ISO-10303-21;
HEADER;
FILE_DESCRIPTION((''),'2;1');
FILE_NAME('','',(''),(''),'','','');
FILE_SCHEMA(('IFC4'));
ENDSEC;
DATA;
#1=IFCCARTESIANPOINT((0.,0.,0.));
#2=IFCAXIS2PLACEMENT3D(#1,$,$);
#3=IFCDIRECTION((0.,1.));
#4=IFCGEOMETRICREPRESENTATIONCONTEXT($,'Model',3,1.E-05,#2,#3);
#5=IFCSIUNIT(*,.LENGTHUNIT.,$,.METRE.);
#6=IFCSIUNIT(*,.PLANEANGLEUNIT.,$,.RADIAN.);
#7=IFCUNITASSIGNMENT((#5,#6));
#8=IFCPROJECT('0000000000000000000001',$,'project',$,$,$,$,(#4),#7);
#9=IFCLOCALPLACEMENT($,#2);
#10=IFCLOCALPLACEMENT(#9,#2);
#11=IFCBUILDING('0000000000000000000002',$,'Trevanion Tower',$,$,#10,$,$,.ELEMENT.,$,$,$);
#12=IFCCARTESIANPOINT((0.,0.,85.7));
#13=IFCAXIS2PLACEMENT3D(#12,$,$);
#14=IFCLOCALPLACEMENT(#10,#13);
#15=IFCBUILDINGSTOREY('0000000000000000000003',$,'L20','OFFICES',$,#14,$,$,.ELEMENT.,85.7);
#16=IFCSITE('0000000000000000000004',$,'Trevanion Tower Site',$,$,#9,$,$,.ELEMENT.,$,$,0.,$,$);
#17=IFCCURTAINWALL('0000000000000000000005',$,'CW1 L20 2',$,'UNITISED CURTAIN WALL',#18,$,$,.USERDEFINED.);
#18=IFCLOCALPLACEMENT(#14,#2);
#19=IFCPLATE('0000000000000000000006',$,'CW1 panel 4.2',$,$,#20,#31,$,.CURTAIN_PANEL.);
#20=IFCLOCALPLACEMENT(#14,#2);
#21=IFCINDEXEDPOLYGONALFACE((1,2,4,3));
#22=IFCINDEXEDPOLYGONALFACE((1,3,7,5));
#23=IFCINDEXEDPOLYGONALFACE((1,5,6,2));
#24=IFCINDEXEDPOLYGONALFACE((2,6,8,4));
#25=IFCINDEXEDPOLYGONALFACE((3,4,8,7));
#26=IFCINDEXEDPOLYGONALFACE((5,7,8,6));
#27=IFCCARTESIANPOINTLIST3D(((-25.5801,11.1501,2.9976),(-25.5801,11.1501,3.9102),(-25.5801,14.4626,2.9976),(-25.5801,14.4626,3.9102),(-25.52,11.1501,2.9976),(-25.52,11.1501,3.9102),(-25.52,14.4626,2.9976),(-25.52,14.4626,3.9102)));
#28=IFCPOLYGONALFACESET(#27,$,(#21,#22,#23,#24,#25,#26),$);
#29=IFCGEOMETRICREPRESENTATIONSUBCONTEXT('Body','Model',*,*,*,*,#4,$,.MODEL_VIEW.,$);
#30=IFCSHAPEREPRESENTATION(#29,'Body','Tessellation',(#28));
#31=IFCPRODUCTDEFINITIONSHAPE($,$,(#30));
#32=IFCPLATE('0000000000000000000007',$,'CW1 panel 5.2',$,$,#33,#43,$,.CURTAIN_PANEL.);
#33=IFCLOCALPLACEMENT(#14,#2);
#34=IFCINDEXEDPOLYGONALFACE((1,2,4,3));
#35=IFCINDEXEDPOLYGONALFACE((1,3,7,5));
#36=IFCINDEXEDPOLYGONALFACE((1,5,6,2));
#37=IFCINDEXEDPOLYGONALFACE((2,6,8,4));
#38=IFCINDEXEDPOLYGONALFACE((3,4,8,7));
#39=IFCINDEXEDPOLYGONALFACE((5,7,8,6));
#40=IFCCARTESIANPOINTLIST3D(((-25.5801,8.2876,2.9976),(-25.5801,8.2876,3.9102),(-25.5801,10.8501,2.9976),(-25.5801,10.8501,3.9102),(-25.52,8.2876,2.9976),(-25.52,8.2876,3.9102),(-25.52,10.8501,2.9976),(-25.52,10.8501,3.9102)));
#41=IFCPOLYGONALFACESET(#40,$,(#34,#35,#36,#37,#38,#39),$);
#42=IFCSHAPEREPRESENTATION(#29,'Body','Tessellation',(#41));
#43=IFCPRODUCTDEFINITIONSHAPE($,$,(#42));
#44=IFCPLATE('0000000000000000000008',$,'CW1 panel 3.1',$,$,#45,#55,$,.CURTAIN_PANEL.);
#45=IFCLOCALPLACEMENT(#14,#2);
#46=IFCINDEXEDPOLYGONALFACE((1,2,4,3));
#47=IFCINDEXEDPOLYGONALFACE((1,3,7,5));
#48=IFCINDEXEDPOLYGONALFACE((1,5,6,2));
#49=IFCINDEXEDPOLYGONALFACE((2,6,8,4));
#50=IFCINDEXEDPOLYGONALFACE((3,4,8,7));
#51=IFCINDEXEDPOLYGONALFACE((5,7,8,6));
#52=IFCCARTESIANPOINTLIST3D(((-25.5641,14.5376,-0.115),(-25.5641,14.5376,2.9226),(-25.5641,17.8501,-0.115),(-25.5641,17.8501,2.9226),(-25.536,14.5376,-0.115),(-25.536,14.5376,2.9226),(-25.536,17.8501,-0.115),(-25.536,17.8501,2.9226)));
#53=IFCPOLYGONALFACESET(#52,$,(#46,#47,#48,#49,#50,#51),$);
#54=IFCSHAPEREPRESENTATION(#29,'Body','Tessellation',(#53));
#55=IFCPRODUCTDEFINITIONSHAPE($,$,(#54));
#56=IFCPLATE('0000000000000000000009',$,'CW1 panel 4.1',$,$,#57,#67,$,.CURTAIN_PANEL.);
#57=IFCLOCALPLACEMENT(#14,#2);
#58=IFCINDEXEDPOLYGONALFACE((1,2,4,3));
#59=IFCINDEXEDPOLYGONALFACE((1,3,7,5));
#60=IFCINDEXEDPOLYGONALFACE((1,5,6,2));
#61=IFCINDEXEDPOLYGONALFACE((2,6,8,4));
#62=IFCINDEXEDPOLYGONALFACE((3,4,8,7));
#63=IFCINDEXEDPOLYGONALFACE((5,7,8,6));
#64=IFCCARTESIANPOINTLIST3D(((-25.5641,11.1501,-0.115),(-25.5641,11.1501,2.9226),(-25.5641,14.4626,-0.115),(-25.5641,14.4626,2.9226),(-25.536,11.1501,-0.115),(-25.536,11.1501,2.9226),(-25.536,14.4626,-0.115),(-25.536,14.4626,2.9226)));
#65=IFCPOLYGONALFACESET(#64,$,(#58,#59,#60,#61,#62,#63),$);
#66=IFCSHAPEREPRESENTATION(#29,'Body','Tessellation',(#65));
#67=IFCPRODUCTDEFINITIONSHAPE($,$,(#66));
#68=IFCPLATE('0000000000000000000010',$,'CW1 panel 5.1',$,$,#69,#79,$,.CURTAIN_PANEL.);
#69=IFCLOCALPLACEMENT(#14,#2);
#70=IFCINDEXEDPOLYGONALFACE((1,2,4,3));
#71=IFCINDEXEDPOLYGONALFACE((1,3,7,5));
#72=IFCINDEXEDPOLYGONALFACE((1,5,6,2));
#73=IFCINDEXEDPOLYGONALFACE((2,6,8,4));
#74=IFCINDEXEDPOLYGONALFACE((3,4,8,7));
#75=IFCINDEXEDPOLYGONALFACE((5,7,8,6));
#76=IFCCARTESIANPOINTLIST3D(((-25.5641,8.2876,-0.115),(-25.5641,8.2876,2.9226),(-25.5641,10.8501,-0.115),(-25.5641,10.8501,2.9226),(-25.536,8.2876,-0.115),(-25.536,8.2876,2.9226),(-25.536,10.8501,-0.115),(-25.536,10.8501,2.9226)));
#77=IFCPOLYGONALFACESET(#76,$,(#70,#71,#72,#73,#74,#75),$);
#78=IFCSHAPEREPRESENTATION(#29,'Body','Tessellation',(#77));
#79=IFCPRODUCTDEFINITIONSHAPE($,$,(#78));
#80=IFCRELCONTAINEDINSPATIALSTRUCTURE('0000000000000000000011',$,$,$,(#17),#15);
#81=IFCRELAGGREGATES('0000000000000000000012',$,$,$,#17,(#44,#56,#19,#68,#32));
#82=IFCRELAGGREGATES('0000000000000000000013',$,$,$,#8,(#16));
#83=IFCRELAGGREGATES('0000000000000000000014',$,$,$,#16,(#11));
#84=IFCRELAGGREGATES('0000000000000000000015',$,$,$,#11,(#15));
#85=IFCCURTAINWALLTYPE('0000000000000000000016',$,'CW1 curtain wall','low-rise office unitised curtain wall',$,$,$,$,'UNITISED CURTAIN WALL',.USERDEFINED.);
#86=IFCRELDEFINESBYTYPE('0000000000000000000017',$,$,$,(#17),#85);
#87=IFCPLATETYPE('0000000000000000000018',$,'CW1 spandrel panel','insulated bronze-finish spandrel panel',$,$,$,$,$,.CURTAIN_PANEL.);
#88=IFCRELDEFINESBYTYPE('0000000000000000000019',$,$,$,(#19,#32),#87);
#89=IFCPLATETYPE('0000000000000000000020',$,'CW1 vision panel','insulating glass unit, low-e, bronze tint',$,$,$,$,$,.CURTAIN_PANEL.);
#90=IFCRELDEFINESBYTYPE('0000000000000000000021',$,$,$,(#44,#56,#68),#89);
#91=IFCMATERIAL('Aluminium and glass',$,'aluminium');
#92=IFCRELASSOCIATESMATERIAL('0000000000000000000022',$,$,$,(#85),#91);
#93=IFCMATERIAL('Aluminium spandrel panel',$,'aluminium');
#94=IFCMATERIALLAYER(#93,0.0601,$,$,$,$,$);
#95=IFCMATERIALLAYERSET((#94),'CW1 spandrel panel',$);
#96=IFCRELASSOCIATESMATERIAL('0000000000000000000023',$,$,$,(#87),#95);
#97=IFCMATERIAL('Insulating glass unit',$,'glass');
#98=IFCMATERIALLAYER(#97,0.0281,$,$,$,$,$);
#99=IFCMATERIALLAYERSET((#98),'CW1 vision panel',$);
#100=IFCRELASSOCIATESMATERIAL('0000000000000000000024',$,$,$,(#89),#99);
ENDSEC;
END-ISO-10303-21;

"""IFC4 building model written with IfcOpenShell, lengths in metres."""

from ifc_helpers import new_model, si_unit, direction, frame, origin, origin_2d, place, context, subcontext, project, spatial, rectangle, extrude, material, layer, layer_set, type_object, element, aggregate, save


model = new_model("IFC4")

# Units and contexts
model_context = context("Model", 3, precision=1e-05, world=origin(), true_north=direction((0.0, 1.0)))
body_context = subcontext(model_context, "Body", "Model", "MODEL_VIEW")
ifc_project = project(units=[si_unit("LENGTHUNIT", "METRE"), si_unit("PLANEANGLEUNIT", "RADIAN")], contexts=[model_context])

# Site, building, storey
site_placement = place(None, origin())
site = spatial("IfcSite", under=ifc_project, at=site_placement, Name="Trevanion Tower Site", CompositionType="ELEMENT", RefElevation=0.0)
building_placement = place(site_placement, origin())
building = spatial("IfcBuilding", under=site, at=building_placement, Name="Trevanion Tower", CompositionType="ELEMENT")
storey_placement = place(building_placement, frame((0.0, 0.0, 85.7)))
storey = spatial("IfcBuildingStorey", under=building, at=storey_placement, Name="L20", Description="OFFICES", CompositionType="ELEMENT", Elevation=85.7)

# Curtain wall
ifc_material_1 = material(Name="Aluminium and glass", Category="aluminium")
curtain_wall_type = type_object("IfcCurtainWallType", Name="CW1 curtain wall", Description="low-rise office unitised curtain wall", ElementType="UNITISED CURTAIN WALL", PredefinedType="USERDEFINED", material=ifc_material_1)
curtain_wall_placement = place(storey_placement, origin())
curtain_wall = element("IfcCurtainWall", 1, at=curtain_wall_placement, inside=storey, type_object=curtain_wall_type, Name="CW1 L20 2", ObjectType="UNITISED CURTAIN WALL", PredefinedType="USERDEFINED")

# Plates
ifc_material_2 = material(Name="Aluminium spandrel panel", Category="aluminium")
ifc_layer_1 = layer(ifc_material_2, 0.0601)
ifc_layer_set_1 = layer_set([ifc_layer_1], Name="CW1 spandrel panel")
plate_type_1 = type_object("IfcPlateType", Name="CW1 spandrel panel", Description="insulated bronze-finish spandrel panel", PredefinedType="CURTAIN_PANEL", material=ifc_layer_set_1)
plate_1_placement = place(storey_placement, frame((-25.55, 12.8064, 2.9976), z_axis=(0.0, 0.0, 1.0), x_axis=(0.0, -1.0, 0.0)))
plate_1 = element("IfcPlate", 2, at=plate_1_placement, type_object=plate_type_1, Name="CW1 panel 4.2", PredefinedType="CURTAIN_PANEL", context=body_context, shape_type="SweptSolid", body=[
    extrude(rectangle(XDim=3.3125, YDim=0.0601, at=origin_2d()), origin(), (0.0, 0.0, 1.0), 0.9126),
])
plate_2_placement = place(storey_placement, frame((-25.55, 9.5688, 2.9976), z_axis=(0.0, 0.0, 1.0), x_axis=(0.0, -1.0, 0.0)))
plate_2 = element("IfcPlate", 3, at=plate_2_placement, type_object=plate_type_1, Name="CW1 panel 5.2", PredefinedType="CURTAIN_PANEL", context=body_context, shape_type="SweptSolid", body=[
    extrude(rectangle(XDim=2.5625, YDim=0.0601, at=origin_2d()), origin(), (0.0, 0.0, 1.0), 0.9126),
])
ifc_material_3 = material(Name="Insulating glass unit", Category="glass")
ifc_layer_2 = layer(ifc_material_3, 0.0281)
ifc_layer_set_2 = layer_set([ifc_layer_2], Name="CW1 vision panel")
plate_type_2 = type_object("IfcPlateType", Name="CW1 vision panel", Description="insulating glass unit, low-e, bronze tint", PredefinedType="CURTAIN_PANEL", material=ifc_layer_set_2)
plate_3_placement = place(storey_placement, frame((-25.55, 16.1938, -0.115), z_axis=(0.0, 0.0, 1.0), x_axis=(0.0, -1.0, 0.0)))
plate_3 = element("IfcPlate", 4, at=plate_3_placement, type_object=plate_type_2, Name="CW1 panel 3.1", PredefinedType="CURTAIN_PANEL", context=body_context, shape_type="SweptSolid", body=[
    extrude(rectangle(XDim=3.3125, YDim=0.0281, at=origin_2d()), origin(), (0.0, 0.0, 1.0), 3.0376),
])
plate_4_placement = place(storey_placement, frame((-25.55, 12.8064, -0.115), z_axis=(0.0, 0.0, 1.0), x_axis=(0.0, -1.0, 0.0)))
plate_4 = element("IfcPlate", 5, at=plate_4_placement, type_object=plate_type_2, Name="CW1 panel 4.1", PredefinedType="CURTAIN_PANEL", context=body_context, shape_type="SweptSolid", body=[
    extrude(rectangle(XDim=3.3125, YDim=0.0281, at=origin_2d()), origin(), (0.0, 0.0, 1.0), 3.0376),
])
plate_5_placement = place(storey_placement, frame((-25.55, 9.5688, -0.115), z_axis=(0.0, 0.0, 1.0), x_axis=(0.0, -1.0, 0.0)))
plate_5 = element("IfcPlate", 6, at=plate_5_placement, type_object=plate_type_2, Name="CW1 panel 5.1", PredefinedType="CURTAIN_PANEL", context=body_context, shape_type="SweptSolid", body=[
    extrude(rectangle(XDim=2.5625, YDim=0.0281, at=origin_2d()), origin(), (0.0, 0.0, 1.0), 3.0376),
])
aggregate(curtain_wall, [plate_3, plate_4, plate_1, plate_5, plate_2])

save(model, "model.ifc")
